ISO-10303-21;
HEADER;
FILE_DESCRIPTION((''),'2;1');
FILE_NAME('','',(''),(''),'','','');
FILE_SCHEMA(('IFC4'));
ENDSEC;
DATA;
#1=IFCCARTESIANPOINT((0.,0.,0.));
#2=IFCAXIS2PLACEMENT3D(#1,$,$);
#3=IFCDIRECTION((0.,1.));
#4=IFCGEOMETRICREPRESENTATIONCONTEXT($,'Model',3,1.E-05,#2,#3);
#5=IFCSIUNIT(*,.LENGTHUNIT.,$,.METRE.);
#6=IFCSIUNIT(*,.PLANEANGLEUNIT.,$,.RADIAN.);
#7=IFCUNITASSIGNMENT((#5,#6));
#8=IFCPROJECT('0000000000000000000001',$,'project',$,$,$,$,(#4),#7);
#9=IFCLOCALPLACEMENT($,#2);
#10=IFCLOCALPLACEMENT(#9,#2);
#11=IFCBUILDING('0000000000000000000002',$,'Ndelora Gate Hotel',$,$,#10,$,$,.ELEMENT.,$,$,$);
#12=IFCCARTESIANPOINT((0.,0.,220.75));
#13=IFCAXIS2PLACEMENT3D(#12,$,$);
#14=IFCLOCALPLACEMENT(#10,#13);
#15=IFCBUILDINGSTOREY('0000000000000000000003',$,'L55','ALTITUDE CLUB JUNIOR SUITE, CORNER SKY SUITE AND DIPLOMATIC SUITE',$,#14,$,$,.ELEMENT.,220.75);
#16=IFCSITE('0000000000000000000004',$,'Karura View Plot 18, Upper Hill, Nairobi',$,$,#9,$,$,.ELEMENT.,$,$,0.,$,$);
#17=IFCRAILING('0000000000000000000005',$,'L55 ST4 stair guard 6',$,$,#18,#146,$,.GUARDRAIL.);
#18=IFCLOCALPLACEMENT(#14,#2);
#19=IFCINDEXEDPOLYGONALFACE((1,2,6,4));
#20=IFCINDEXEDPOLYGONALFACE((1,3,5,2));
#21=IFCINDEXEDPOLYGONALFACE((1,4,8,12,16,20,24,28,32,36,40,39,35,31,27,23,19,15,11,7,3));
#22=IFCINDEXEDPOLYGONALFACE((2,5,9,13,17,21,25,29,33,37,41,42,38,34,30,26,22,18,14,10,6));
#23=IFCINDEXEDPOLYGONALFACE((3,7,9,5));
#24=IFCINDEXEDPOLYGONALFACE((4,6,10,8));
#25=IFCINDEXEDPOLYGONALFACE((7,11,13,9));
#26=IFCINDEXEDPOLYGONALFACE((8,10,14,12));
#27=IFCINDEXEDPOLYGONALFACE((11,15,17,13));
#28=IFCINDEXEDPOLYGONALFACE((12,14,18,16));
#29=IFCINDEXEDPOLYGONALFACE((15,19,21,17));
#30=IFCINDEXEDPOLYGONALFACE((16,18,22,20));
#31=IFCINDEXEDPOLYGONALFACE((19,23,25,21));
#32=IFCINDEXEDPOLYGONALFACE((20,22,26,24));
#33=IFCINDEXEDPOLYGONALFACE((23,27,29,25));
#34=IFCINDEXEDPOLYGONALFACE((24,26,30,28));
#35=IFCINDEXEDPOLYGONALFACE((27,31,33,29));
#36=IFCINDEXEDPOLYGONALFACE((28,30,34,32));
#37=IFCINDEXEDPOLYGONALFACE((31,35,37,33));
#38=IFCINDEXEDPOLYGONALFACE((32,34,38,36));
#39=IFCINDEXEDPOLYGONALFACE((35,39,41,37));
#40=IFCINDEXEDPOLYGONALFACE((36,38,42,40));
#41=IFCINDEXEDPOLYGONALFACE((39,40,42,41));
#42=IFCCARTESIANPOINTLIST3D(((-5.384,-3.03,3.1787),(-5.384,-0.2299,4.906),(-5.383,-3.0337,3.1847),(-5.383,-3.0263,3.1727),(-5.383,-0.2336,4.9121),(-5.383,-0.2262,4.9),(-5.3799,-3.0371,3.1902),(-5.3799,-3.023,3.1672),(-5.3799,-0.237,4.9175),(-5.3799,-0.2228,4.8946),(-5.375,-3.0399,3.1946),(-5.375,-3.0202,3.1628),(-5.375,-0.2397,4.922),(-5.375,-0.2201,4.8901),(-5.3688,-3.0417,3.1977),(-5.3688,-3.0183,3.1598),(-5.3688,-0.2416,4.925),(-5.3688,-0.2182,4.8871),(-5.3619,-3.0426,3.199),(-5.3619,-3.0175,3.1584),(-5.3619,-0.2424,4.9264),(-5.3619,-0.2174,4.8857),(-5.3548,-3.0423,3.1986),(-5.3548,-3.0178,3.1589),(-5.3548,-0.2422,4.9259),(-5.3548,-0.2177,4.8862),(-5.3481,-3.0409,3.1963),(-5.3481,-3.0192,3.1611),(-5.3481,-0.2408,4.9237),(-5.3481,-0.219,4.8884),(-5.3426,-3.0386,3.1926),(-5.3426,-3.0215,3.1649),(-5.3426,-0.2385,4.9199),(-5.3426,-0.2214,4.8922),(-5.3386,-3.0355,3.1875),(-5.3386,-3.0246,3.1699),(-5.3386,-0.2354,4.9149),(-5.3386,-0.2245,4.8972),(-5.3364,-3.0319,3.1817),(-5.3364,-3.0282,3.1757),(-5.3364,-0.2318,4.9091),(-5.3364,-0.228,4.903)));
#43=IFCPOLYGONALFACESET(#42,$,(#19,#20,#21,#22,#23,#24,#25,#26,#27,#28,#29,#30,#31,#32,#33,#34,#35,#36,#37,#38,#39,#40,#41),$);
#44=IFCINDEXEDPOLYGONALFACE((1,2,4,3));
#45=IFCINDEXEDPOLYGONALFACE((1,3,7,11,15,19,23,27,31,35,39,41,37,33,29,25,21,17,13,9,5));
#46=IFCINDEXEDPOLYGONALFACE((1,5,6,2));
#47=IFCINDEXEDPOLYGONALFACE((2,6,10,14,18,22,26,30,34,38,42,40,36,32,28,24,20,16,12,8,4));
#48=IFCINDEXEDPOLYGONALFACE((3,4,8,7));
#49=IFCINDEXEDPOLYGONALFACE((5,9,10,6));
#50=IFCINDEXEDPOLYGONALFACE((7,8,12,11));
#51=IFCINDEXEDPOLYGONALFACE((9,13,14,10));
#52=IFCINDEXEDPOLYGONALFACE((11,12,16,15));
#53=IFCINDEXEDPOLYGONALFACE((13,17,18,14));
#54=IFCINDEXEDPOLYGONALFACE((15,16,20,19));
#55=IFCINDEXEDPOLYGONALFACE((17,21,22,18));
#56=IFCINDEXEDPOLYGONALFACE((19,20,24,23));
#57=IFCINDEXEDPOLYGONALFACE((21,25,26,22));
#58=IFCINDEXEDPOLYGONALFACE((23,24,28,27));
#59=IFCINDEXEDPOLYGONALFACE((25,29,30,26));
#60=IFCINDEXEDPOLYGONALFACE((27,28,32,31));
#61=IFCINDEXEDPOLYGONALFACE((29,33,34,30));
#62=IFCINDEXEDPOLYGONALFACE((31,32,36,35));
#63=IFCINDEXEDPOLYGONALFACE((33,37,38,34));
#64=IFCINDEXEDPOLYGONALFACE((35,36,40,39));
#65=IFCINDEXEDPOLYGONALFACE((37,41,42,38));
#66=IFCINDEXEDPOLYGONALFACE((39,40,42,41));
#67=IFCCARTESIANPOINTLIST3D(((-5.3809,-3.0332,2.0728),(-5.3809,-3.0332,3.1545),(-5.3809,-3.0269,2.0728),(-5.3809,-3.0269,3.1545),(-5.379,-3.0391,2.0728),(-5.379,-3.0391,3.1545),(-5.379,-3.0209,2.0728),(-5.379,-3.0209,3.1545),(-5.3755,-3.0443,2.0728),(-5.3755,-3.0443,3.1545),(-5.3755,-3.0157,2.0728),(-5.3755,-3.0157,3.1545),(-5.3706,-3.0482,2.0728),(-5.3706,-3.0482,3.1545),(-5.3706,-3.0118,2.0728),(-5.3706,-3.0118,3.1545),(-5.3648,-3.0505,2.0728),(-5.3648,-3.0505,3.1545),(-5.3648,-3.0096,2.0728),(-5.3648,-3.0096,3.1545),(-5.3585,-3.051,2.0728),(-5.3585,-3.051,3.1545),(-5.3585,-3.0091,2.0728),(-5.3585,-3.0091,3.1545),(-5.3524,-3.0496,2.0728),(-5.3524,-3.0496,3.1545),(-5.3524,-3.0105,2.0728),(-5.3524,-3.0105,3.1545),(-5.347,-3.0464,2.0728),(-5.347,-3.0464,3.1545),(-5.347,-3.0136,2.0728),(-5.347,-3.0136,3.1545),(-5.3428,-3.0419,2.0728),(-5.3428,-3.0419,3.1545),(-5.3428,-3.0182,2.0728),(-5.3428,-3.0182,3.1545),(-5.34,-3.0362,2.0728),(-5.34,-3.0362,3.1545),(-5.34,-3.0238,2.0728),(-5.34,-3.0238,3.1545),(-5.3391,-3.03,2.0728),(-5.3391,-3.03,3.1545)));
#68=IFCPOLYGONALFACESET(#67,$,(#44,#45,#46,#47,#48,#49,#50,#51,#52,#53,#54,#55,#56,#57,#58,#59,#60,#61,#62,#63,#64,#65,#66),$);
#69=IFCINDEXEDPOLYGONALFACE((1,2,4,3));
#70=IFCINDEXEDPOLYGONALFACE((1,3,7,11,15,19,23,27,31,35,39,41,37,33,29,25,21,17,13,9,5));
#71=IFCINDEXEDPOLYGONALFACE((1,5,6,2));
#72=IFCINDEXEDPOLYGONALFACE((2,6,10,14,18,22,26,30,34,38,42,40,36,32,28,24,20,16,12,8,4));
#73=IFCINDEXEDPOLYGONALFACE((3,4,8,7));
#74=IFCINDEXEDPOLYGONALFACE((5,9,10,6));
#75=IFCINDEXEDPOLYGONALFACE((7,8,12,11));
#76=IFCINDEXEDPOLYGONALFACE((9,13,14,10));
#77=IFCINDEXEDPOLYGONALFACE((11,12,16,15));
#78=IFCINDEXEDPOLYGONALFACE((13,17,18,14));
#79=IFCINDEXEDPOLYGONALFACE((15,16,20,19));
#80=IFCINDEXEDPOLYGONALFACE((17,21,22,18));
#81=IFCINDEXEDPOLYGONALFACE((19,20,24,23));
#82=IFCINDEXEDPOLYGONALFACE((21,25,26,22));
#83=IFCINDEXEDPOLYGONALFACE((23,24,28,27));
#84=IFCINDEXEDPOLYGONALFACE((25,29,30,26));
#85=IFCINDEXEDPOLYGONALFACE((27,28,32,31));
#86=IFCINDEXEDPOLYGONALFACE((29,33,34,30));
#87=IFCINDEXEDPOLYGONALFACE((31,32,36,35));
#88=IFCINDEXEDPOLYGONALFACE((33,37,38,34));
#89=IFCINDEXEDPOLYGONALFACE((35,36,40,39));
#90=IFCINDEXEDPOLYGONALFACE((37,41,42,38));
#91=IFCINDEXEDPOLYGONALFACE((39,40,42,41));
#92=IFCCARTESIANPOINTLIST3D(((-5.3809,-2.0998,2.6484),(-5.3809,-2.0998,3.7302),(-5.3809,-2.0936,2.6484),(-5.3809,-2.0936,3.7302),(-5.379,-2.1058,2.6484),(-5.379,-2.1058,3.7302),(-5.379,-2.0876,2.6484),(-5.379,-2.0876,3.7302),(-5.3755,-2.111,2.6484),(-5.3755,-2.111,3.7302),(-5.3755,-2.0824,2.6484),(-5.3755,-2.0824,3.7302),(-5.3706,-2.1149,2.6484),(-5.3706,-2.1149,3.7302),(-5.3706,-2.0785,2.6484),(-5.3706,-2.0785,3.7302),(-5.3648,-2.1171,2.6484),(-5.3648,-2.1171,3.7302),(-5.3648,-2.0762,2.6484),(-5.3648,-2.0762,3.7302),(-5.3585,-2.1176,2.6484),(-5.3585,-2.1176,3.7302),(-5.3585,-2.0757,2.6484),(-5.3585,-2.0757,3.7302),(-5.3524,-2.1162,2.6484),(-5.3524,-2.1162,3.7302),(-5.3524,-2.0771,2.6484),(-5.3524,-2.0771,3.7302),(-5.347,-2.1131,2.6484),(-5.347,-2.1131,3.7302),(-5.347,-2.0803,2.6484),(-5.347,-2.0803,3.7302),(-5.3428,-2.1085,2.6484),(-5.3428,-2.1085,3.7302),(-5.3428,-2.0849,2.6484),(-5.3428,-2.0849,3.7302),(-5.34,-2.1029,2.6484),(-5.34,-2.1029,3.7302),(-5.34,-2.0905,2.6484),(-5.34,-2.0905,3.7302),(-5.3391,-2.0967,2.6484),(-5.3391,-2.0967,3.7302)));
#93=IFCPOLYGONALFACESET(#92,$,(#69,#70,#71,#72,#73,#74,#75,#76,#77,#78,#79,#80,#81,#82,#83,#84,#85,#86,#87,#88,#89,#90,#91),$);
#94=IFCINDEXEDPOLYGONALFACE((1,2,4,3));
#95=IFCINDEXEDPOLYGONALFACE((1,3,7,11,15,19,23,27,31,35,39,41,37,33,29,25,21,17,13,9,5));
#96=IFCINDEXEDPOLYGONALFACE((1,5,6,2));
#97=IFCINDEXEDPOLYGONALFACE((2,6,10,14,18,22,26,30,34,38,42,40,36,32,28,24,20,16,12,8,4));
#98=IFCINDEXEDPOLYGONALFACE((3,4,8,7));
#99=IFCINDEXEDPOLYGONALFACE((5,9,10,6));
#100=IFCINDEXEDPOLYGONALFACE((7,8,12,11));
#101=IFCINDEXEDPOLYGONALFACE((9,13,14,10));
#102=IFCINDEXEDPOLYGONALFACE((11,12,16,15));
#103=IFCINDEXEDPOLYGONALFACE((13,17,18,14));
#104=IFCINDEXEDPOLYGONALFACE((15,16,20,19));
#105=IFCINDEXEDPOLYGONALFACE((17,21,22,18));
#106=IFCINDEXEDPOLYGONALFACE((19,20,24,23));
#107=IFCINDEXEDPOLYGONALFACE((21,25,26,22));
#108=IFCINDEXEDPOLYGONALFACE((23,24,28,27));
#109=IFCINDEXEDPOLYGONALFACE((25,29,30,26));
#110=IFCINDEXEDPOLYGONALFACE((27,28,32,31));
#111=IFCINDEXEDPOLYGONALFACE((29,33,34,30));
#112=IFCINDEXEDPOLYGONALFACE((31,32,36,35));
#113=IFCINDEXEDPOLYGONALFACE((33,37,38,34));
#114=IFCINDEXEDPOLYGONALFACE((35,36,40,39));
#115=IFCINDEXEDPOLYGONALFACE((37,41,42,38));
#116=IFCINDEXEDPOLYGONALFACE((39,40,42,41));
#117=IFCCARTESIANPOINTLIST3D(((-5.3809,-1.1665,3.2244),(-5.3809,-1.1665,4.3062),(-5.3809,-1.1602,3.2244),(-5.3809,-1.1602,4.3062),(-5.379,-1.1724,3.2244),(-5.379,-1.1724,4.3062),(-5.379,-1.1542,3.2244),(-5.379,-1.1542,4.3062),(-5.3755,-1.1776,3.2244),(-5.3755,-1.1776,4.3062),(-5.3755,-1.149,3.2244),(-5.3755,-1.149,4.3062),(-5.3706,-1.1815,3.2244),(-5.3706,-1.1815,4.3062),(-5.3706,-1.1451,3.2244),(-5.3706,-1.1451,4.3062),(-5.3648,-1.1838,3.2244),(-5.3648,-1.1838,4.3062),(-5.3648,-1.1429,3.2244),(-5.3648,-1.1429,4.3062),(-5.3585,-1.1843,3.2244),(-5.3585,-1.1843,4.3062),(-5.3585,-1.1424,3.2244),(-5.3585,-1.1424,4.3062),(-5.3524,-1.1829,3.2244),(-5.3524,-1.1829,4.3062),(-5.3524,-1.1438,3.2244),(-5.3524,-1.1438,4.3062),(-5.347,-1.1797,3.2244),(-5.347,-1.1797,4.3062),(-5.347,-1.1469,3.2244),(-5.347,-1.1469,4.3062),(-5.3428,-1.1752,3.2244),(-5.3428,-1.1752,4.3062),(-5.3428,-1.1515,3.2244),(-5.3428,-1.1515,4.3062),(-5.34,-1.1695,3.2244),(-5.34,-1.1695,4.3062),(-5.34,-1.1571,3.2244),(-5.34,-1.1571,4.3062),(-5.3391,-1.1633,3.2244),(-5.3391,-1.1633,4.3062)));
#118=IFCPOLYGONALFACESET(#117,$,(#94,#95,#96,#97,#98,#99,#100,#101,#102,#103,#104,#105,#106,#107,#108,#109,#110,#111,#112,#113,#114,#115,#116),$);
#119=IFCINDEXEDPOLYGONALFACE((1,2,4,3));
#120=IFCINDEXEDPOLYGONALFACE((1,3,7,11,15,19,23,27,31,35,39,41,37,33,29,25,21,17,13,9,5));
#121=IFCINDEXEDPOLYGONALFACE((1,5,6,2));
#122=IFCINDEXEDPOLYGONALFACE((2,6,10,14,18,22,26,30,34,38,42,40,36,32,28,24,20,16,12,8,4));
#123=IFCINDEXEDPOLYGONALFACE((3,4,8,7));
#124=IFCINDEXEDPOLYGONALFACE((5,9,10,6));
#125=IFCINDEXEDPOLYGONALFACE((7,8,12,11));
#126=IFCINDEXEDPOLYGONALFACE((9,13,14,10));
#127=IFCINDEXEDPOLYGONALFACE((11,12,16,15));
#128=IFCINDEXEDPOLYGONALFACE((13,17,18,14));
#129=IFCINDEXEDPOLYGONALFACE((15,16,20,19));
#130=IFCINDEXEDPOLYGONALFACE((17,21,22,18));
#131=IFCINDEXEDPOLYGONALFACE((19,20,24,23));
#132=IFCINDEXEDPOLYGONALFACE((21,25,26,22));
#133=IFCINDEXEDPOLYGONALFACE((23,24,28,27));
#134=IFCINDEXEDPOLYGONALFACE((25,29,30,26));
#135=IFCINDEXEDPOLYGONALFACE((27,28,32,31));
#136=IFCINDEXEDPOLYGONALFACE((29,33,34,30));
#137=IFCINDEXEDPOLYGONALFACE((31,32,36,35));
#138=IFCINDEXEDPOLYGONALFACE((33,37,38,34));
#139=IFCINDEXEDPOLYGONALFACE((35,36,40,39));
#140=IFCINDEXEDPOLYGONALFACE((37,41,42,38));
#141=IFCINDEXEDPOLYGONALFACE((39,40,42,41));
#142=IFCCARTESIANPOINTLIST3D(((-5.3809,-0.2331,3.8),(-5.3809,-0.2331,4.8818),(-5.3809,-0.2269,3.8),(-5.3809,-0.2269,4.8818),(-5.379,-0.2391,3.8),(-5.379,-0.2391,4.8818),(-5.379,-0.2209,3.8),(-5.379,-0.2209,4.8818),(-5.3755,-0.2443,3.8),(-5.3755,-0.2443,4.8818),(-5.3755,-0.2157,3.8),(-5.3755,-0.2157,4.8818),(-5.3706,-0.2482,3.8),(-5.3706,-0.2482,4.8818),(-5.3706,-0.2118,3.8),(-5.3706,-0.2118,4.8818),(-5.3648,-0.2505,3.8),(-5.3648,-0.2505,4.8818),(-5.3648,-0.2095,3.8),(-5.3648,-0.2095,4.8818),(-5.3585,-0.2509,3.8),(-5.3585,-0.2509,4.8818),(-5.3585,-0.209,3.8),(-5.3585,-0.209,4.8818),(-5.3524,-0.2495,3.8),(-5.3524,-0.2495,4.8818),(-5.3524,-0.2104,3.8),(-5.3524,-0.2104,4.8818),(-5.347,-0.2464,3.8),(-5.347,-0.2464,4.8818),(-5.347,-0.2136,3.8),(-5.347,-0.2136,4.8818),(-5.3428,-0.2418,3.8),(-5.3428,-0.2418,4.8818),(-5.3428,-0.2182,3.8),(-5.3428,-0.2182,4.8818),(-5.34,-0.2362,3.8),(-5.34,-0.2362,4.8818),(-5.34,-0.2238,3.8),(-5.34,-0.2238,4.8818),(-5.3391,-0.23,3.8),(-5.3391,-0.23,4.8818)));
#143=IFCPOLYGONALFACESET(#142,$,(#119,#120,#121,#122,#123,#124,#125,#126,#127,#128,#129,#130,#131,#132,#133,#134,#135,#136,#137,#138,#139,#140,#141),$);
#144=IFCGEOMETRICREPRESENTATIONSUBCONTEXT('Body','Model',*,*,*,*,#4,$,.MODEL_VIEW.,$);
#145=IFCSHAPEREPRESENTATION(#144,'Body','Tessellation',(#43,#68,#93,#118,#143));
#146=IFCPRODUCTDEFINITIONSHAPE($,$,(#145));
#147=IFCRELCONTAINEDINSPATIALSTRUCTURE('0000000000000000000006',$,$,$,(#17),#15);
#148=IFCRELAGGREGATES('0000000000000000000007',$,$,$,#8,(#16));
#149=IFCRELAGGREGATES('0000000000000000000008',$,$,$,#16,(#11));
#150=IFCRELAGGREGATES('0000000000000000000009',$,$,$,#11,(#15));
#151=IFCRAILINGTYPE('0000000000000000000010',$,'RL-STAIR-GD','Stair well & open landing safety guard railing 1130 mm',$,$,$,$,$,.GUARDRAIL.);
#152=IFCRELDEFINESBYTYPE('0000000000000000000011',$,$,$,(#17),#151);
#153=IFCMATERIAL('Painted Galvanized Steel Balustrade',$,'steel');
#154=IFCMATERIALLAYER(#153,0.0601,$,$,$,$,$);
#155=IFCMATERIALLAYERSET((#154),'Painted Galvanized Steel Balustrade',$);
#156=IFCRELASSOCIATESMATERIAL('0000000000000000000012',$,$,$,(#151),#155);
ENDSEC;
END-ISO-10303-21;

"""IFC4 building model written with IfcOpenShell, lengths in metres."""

from ifc_helpers import new_model, si_unit, direction, frame, origin, origin_2d, place, context, subcontext, project, spatial, circle, extrude, material, layer, layer_set, type_object, element, save


model = new_model("IFC4")

# Units and contexts
model_context = context("Model", 3, precision=1e-05, world=origin(), true_north=direction((0.0, 1.0)))
body_context = subcontext(model_context, "Body", "Model", "MODEL_VIEW")
ifc_project = project(units=[si_unit("LENGTHUNIT", "METRE"), si_unit("PLANEANGLEUNIT", "RADIAN")], contexts=[model_context])

# Site, building, storey
site_placement = place(None, origin())
site = spatial("IfcSite", under=ifc_project, at=site_placement, Name="Karura View Plot 18, Upper Hill, Nairobi", CompositionType="ELEMENT", RefElevation=0.0)
building_placement = place(site_placement, origin())
building = spatial("IfcBuilding", under=site, at=building_placement, Name="Ndelora Gate Hotel", CompositionType="ELEMENT")
storey_placement = place(building_placement, frame((0.0, 0.0, 220.75)))
storey = spatial("IfcBuildingStorey", under=building, at=storey_placement, Name="L55", Description="ALTITUDE CLUB JUNIOR SUITE, CORNER SKY SUITE AND DIPLOMATIC SUITE", CompositionType="ELEMENT", Elevation=220.75)

# Railing
ifc_material_1 = material(Name="Painted Galvanized Steel Balustrade", Category="steel")
ifc_layer_1 = layer(ifc_material_1, 0.0601)
ifc_layer_set_1 = layer_set([ifc_layer_1], Name="Painted Galvanized Steel Balustrade")
railing_type_1 = type_object("IfcRailingType", Name="RL-STAIR-GD", Description="Stair well & open landing safety guard railing 1130 mm", PredefinedType="GUARDRAIL", material=ifc_layer_set_1)
railing_1_placement = place(storey_placement, frame((-5.3601, -3.03, 2.0728)))
element("IfcRailing", 1, at=railing_1_placement, inside=storey, type_object=railing_type_1, Name="L55 ST4 stair guard 6", PredefinedType="GUARDRAIL", context=body_context, shape_type="SweptSolid", body=[
    extrude(circle(Radius=0.0239, at=origin_2d()), frame((0.0, 0.0, 1.106), z_axis=(0.0, 0.85109, 0.52502), x_axis=(-1.0, 0.0, 0.0)), (0.0, 0.0, 1.0), 3.29),
    extrude(circle(Radius=0.021, at=origin_2d()), origin(), (0.0, 0.0, 1.0), 1.0818),
    extrude(circle(Radius=0.021, at=origin_2d()), frame((0.0, 0.9333, 0.5757)), (0.0, 0.0, 1.0), 1.0818),
    extrude(circle(Radius=0.021, at=origin_2d()), frame((0.0, 1.8667, 1.1516)), (0.0, 0.0, 1.0), 1.0818),
    extrude(circle(Radius=0.021, at=origin_2d()), frame((0.0, 2.8, 1.7273)), (0.0, 0.0, 1.0), 1.0818),
])

save(model, "model.ifc")
